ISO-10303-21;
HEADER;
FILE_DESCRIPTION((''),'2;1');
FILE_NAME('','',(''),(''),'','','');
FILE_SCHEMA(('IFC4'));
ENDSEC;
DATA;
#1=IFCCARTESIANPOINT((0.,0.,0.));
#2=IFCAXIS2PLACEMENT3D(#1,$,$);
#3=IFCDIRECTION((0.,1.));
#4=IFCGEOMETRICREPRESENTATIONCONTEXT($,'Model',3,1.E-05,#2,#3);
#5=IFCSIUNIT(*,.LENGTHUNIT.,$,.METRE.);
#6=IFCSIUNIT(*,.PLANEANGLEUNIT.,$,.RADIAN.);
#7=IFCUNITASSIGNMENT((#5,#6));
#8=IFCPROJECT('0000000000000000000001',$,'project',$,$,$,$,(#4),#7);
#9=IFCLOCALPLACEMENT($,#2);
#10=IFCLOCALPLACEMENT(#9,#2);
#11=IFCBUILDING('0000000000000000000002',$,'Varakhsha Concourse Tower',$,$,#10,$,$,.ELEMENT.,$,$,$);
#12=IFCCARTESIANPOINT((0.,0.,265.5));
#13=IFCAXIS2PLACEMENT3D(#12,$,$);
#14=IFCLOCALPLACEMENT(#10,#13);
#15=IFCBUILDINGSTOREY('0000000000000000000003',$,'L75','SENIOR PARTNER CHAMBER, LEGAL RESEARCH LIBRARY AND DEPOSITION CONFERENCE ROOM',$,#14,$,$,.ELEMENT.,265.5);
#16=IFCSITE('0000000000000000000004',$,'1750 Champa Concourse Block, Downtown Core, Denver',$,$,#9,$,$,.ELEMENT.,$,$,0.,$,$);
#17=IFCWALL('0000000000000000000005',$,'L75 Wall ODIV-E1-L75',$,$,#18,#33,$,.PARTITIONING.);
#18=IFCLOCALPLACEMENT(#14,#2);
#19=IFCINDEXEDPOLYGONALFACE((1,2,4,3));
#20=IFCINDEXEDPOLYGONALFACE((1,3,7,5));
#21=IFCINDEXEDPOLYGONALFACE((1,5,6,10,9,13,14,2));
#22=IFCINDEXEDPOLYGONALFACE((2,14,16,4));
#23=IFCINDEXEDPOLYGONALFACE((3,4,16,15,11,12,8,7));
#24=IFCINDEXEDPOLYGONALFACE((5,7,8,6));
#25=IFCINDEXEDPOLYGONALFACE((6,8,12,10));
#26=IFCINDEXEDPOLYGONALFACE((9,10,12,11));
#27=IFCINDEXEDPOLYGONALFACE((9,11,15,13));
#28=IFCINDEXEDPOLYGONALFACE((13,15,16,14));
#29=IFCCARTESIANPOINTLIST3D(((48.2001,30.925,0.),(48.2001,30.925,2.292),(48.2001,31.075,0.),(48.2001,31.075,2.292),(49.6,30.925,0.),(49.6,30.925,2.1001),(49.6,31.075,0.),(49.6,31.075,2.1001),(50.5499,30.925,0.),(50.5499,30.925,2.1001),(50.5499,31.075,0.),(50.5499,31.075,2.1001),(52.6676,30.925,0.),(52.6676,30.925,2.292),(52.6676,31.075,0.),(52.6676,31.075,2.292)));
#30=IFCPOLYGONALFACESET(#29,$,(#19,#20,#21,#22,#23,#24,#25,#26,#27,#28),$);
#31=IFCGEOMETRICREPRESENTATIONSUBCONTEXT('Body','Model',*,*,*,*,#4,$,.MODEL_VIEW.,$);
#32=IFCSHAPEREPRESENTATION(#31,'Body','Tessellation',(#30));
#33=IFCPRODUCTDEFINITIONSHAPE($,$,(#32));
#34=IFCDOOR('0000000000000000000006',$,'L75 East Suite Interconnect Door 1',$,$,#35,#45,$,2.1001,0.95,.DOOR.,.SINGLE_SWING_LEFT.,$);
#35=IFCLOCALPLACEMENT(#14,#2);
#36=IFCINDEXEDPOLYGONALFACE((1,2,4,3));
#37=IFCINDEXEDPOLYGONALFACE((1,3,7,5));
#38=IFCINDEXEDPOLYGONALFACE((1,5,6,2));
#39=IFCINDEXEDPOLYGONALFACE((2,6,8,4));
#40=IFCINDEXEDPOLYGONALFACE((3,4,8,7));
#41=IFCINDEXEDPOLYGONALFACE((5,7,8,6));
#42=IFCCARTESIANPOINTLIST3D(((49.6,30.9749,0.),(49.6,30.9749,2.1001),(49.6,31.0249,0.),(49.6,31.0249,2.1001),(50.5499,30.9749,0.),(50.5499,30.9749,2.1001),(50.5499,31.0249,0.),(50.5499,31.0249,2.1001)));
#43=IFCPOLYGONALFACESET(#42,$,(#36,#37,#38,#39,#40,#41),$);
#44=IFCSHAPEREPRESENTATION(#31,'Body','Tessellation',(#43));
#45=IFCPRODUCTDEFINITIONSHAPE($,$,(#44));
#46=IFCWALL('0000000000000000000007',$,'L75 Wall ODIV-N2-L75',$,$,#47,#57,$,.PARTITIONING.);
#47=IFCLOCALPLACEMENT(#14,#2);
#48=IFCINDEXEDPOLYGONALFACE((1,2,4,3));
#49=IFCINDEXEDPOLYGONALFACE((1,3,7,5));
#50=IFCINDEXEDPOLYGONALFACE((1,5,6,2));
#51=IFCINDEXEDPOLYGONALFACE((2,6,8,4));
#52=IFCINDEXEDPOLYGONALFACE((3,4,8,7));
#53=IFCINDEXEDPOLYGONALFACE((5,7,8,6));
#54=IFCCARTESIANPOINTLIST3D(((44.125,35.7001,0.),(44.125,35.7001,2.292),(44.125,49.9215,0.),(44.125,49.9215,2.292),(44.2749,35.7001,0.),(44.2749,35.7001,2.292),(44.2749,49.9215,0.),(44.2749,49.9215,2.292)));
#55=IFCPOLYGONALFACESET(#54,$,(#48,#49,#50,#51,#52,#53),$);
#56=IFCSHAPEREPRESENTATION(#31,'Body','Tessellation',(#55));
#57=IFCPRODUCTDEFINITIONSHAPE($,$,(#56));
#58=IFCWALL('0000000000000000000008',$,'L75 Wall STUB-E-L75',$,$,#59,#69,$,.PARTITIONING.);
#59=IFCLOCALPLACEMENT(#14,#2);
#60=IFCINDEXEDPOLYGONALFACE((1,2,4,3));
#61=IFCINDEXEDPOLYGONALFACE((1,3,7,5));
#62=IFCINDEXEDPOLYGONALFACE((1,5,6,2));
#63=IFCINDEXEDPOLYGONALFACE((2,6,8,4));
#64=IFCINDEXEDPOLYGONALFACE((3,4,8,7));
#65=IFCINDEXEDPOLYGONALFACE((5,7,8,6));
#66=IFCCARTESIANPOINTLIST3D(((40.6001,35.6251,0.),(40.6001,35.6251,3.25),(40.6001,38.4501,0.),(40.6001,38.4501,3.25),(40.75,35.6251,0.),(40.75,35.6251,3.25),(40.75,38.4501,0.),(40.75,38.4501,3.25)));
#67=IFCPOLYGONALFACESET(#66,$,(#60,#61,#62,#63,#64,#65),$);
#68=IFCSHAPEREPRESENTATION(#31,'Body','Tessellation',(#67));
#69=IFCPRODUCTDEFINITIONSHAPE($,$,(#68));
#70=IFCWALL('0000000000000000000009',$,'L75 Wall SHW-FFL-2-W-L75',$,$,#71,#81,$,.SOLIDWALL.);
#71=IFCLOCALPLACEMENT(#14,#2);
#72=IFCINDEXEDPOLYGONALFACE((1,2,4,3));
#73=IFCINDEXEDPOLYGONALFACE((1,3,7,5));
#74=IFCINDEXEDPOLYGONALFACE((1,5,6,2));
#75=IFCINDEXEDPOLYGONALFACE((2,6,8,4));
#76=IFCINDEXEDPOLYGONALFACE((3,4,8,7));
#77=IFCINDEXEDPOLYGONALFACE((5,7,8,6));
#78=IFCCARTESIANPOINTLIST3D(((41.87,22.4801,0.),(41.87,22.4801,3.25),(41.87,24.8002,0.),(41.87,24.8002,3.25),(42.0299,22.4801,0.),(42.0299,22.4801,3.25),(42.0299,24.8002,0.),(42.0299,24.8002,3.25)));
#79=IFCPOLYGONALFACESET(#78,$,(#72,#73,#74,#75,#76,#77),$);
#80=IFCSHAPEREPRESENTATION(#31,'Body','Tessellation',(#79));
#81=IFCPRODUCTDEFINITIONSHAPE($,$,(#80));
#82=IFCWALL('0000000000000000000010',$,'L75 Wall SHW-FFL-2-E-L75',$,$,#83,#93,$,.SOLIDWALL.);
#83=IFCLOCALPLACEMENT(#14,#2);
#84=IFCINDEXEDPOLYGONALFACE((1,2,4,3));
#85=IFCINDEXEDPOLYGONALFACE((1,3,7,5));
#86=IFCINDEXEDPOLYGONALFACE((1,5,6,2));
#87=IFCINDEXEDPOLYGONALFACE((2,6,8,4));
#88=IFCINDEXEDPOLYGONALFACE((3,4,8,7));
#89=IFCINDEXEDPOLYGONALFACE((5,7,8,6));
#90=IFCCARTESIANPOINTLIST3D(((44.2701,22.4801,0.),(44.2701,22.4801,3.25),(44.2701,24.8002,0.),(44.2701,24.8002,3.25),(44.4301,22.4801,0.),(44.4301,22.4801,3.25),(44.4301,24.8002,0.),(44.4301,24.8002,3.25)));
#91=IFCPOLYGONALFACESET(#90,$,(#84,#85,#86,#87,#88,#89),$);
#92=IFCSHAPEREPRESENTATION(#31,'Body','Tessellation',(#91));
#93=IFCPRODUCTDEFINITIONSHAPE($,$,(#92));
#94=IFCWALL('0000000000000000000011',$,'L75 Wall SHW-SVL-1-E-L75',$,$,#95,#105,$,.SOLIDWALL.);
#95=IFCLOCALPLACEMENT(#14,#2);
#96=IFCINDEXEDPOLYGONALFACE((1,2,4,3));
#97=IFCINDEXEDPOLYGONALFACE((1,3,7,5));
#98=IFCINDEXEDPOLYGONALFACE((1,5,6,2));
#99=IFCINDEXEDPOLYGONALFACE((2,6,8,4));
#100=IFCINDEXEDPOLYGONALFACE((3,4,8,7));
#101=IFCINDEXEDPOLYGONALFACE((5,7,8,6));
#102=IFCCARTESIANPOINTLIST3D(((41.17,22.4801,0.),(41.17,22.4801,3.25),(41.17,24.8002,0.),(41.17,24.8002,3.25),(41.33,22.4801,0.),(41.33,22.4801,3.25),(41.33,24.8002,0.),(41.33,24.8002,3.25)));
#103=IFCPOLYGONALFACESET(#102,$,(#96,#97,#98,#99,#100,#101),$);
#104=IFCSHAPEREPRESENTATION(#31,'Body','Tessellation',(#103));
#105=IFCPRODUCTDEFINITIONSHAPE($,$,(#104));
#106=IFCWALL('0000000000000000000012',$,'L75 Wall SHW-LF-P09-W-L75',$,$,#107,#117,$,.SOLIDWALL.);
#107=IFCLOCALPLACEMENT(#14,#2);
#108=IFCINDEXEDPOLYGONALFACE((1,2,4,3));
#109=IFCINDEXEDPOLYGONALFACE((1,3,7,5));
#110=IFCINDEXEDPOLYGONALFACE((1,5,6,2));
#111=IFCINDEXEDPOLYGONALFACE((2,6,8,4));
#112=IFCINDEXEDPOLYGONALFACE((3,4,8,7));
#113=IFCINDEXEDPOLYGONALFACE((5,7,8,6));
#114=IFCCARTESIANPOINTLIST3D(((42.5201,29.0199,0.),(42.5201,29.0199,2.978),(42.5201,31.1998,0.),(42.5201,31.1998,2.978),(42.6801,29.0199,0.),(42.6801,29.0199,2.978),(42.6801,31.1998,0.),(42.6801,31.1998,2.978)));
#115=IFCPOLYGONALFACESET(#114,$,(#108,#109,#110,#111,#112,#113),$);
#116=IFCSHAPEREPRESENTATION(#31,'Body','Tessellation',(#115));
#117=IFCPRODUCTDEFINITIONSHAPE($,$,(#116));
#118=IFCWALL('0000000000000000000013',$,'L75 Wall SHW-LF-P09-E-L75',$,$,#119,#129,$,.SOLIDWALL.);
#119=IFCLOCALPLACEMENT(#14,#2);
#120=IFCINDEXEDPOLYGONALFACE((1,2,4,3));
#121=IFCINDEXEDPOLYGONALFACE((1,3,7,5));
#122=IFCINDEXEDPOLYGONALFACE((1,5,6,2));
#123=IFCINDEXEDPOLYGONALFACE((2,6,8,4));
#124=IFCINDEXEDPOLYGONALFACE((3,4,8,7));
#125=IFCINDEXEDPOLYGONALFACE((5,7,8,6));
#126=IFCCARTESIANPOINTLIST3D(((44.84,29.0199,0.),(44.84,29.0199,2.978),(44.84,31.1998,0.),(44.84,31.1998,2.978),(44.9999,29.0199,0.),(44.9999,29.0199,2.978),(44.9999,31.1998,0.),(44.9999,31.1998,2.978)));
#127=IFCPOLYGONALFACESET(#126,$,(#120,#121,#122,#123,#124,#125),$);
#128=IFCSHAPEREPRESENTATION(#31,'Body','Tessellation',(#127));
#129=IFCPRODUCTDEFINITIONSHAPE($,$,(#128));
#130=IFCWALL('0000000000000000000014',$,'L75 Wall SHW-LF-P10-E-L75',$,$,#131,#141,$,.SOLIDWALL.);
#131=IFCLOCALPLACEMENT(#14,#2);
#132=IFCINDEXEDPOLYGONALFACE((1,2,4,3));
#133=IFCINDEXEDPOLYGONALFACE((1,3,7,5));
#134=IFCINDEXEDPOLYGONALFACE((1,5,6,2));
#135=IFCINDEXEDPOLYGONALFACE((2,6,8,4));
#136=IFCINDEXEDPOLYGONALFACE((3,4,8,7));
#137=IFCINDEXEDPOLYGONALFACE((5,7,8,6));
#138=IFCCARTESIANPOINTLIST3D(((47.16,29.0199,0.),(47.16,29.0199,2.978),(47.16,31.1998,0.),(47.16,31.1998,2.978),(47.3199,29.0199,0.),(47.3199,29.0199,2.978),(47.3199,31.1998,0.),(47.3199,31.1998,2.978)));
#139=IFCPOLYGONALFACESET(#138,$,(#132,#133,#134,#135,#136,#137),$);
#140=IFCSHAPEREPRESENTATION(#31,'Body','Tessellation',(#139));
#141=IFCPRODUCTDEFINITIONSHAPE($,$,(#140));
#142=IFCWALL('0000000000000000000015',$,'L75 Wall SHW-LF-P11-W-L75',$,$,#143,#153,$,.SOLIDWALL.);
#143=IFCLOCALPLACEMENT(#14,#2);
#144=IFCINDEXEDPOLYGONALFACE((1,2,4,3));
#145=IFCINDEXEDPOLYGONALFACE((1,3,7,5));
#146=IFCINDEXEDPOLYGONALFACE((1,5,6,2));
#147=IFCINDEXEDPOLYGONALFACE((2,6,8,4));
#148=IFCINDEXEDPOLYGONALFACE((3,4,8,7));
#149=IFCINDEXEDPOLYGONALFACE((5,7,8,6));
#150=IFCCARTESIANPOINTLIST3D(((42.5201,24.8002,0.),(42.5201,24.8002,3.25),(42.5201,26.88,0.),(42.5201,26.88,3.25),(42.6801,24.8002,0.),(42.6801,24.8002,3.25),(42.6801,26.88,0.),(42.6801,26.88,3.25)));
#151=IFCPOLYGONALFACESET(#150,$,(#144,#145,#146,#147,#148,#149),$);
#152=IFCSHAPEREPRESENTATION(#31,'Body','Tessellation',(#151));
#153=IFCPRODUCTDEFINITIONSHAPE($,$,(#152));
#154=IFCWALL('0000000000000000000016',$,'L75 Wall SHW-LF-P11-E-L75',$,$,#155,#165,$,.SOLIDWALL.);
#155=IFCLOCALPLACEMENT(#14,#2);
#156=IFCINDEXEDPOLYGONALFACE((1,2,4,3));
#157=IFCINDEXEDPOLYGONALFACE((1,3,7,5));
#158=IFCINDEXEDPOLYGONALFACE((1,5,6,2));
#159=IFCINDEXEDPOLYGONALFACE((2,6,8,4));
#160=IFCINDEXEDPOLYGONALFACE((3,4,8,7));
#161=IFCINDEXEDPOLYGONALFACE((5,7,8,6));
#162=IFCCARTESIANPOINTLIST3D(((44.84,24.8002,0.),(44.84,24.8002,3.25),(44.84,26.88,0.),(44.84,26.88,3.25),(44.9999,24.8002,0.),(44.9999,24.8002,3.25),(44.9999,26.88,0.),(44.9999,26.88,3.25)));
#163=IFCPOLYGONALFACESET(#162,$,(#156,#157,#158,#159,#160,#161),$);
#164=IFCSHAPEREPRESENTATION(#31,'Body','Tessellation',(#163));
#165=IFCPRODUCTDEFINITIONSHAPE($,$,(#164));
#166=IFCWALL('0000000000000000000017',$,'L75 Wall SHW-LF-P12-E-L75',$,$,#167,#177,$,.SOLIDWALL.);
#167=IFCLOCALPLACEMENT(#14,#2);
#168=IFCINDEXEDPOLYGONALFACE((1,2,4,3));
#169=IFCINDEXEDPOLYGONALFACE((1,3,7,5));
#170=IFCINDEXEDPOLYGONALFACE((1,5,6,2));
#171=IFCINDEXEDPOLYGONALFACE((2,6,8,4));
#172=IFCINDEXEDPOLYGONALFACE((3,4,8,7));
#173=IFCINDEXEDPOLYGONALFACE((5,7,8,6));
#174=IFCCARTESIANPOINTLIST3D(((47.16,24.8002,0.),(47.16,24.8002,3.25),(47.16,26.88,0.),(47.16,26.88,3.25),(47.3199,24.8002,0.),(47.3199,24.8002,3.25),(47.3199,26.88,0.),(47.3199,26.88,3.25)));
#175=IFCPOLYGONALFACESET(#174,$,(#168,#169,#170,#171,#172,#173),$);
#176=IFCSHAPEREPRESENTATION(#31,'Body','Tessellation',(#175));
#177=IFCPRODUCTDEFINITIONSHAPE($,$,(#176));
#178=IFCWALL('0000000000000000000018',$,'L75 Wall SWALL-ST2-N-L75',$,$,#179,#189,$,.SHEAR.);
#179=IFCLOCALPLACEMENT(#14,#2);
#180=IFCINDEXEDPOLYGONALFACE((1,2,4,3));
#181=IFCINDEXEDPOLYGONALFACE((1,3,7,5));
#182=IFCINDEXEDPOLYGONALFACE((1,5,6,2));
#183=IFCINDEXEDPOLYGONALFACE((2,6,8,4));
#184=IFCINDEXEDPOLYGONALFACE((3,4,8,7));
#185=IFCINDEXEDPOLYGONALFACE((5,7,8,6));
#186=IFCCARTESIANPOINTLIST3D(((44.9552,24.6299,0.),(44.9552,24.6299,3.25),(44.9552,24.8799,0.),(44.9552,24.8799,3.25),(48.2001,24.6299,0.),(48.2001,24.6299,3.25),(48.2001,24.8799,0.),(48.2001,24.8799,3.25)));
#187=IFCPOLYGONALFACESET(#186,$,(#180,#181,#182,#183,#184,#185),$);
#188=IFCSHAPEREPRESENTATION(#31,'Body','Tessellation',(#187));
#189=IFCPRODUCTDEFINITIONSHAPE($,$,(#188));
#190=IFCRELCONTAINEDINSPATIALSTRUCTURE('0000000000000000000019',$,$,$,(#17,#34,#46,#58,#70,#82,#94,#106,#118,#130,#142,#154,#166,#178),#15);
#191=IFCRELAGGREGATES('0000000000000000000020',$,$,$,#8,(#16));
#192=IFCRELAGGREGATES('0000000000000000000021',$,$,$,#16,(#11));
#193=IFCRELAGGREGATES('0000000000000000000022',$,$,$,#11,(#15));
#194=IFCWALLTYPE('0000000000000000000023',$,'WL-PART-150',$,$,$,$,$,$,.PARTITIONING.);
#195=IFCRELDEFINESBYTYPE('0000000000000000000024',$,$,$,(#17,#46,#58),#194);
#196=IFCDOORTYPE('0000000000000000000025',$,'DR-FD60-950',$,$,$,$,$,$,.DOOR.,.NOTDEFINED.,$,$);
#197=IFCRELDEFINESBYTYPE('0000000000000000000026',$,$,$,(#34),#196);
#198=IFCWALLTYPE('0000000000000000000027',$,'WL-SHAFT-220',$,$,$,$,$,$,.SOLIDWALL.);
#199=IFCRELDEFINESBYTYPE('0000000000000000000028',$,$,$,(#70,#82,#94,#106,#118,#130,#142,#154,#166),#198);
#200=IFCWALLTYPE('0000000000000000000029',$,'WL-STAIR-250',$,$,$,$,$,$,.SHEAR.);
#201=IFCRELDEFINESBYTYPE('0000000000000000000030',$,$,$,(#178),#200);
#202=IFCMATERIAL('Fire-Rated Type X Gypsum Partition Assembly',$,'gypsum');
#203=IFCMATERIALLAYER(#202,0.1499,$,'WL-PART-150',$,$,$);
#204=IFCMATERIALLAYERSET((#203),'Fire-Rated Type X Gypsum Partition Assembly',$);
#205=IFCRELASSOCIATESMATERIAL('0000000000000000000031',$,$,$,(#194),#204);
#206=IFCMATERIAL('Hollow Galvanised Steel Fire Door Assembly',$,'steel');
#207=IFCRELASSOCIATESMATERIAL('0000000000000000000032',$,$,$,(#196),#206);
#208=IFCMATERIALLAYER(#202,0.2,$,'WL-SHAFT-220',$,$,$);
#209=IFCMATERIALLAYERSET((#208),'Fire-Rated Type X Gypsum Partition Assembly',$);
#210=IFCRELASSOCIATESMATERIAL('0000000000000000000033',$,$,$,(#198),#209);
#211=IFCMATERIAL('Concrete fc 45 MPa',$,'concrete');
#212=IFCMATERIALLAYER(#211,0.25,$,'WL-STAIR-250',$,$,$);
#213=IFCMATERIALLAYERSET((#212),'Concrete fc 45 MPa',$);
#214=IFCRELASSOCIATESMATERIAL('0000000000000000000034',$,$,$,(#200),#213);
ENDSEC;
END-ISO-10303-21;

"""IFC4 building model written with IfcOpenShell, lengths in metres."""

from ifc_helpers import new_model, si_unit, direction, frame, frame_2d, origin, place, context, subcontext, project, spatial, rectangle, extrude, material, layer, layer_set, type_object, element, fill, save


model = new_model("IFC4")

# Units and contexts
model_context = context("Model", 3, precision=1e-05, world=origin(), true_north=direction((0.0, 1.0)))
body_context = subcontext(model_context, "Body", "Model", "MODEL_VIEW")
ifc_project = project(units=[si_unit("LENGTHUNIT", "METRE"), si_unit("PLANEANGLEUNIT", "RADIAN")], contexts=[model_context])

# Site, building, storey
site_placement = place(None, origin())
site = spatial("IfcSite", under=ifc_project, at=site_placement, Name="1750 Champa Concourse Block, Downtown Core, Denver", CompositionType="ELEMENT", RefElevation=0.0)
building_placement = place(site_placement, origin())
building = spatial("IfcBuilding", under=site, at=building_placement, Name="Varakhsha Concourse Tower", CompositionType="ELEMENT")
storey_placement = place(building_placement, frame((0.0, 0.0, 265.5)))
storey = spatial("IfcBuildingStorey", under=building, at=storey_placement, Name="L75", Description="SENIOR PARTNER CHAMBER, LEGAL RESEARCH LIBRARY AND DEPOSITION CONFERENCE ROOM", CompositionType="ELEMENT", Elevation=265.5)

# Shared definitions
ifc_material_1 = material(Name="Fire-Rated Type X Gypsum Partition Assembly", Category="gypsum")
ifc_layer_1 = layer(ifc_material_1, 0.1499, Name="WL-PART-150")
ifc_layer_set_1 = layer_set([ifc_layer_1], Name="Fire-Rated Type X Gypsum Partition Assembly")
wall_type_1 = type_object("IfcWallType", Name="WL-PART-150", PredefinedType="PARTITIONING", material=ifc_layer_set_1)

# Shared definitions
ifc_material_2 = material(Name="Hollow Galvanised Steel Fire Door Assembly", Category="steel")
door_type = type_object("IfcDoorType", Name="DR-FD60-950", OperationType="NOTDEFINED", PredefinedType="DOOR", material=ifc_material_2)

# Wall, opening, door
wall_1_placement = place(storey_placement, frame((48.2, 31.0, 0.0), z_axis=(0.0, 0.0, 1.0), x_axis=(1.0, 0.0, 0.0)))
wall_1 = element("IfcWall", 1, at=wall_1_placement, inside=storey, type_object=wall_type_1, Name="L75 Wall ODIV-E1-L75", PredefinedType="PARTITIONING", context=body_context, shape_type="SweptSolid", body=[
    extrude(rectangle(XDim=4.4675, YDim=0.1499, at=frame_2d((2.2339, 0.0))), origin(), (0.0, 0.0, 1.0), 2.292),
])
opening_1_placement = place(wall_1_placement, frame((1.3999, 0.0, 0.0)))
opening_1 = element("IfcOpeningElement", 2, at=opening_1_placement, cuts=wall_1, PredefinedType="OPENING", context=body_context, shape_type="SweptSolid", body=[
    extrude(rectangle(XDim=0.95, YDim=2.1001, at=frame_2d((0.4751, 1.05))), frame((0.0, 0.085, 0.0), z_axis=(0.0, -1.0, 0.0), x_axis=(1.0, 0.0, 0.0)), (0.0, 0.0, 1.0), 0.1699),
])
door_1_placement = place(opening_1_placement, origin())
door_1 = element("IfcDoor", 3, at=door_1_placement, inside=storey, type_object=door_type, Name="L75 East Suite Interconnect Door 1", OperationType="SINGLE_SWING_LEFT", OverallHeight=2.1001, OverallWidth=0.95, PredefinedType="DOOR", context=body_context, shape_type="SweptSolid", body=[
    extrude(rectangle(XDim=0.95, YDim=2.1001, at=frame_2d((0.4751, 1.05))), frame((0.0, 0.0249, 0.0), z_axis=(0.0, -1.0, 0.0), x_axis=(1.0, 0.0, 0.0)), (0.0, 0.0, 1.0), 0.05),
])
fill(opening_1, door_1)

# Walls
wall_2_placement = place(storey_placement, frame((44.2, 35.7, 0.0), z_axis=(0.0, 0.0, 1.0), x_axis=(0.0, 1.0, 0.0)))
element("IfcWall", 4, at=wall_2_placement, inside=storey, type_object=wall_type_1, Name="L75 Wall ODIV-N2-L75", PredefinedType="PARTITIONING", context=body_context, shape_type="SweptSolid", body=[
    extrude(rectangle(XDim=14.2214, YDim=0.1499, at=frame_2d((7.1108, 0.0))), origin(), (0.0, 0.0, 1.0), 2.292),
])
wall_3_placement = place(storey_placement, frame((40.675, 35.625, 0.0), z_axis=(0.0, 0.0, 1.0), x_axis=(0.0, 1.0, 0.0)))
element("IfcWall", 5, at=wall_3_placement, inside=storey, type_object=wall_type_1, Name="L75 Wall STUB-E-L75", PredefinedType="PARTITIONING", context=body_context, shape_type="SweptSolid", body=[
    extrude(rectangle(XDim=2.825, YDim=0.1499, at=frame_2d((1.4126, 0.0))), origin(), (0.0, 0.0, 1.0), 3.25),
])
ifc_layer_2 = layer(ifc_material_1, 0.2, Name="WL-SHAFT-220")
ifc_layer_set_2 = layer_set([ifc_layer_2], Name="Fire-Rated Type X Gypsum Partition Assembly")
wall_type_2 = type_object("IfcWallType", Name="WL-SHAFT-220", PredefinedType="SOLIDWALL", material=ifc_layer_set_2)
for number, where, z_axis, x_axis, name in (
    (6, (41.95, 22.48, 0.0), (0.0, 0.0, 1.0), (0.0, 1.0, 0.0), "L75 Wall SHW-FFL-2-W-L75"),
    (7, (44.3501, 22.48, 0.0), (0.0, 0.0, 1.0), (0.0, 1.0, 0.0), "L75 Wall SHW-FFL-2-E-L75"),
    (8, (41.25, 22.48, 0.0), (0.0, 0.0, 1.0), (0.0, 1.0, 0.0), "L75 Wall SHW-SVL-1-E-L75"),
):
    element("IfcWall", number, at=place(storey_placement, frame(where, z_axis=z_axis, x_axis=x_axis)), inside=storey, type_object=wall_type_2, Name=name, PredefinedType="SOLIDWALL", context=body_context, shape_type="SweptSolid", body=[
        extrude(rectangle(XDim=2.3201, YDim=0.1599, at=frame_2d((1.1602, 0.0))), origin(), (0.0, 0.0, 1.0), 3.25),
    ])
for number, where, z_axis, x_axis, name in (
    (9, (42.6001, 29.02, 0.0), (0.0, 0.0, 1.0), (0.0, 1.0, 0.0), "L75 Wall SHW-LF-P09-W-L75"),
    (10, (44.9199, 29.02, 0.0), (0.0, 0.0, 1.0), (0.0, 1.0, 0.0), "L75 Wall SHW-LF-P09-E-L75"),
    (11, (47.24, 29.02, 0.0), (0.0, 0.0, 1.0), (0.0, 1.0, 0.0), "L75 Wall SHW-LF-P10-E-L75"),
):
    element("IfcWall", number, at=place(storey_placement, frame(where, z_axis=z_axis, x_axis=x_axis)), inside=storey, type_object=wall_type_2, Name=name, PredefinedType="SOLIDWALL", context=body_context, shape_type="SweptSolid", body=[
        extrude(rectangle(XDim=2.1799, YDim=0.1599, at=frame_2d((1.0898, 0.0))), origin(), (0.0, 0.0, 1.0), 2.978),
    ])
for number, where, z_axis, x_axis, name in (
    (12, (42.6001, 24.8, 0.0), (0.0, 0.0, 1.0), (0.0, 1.0, 0.0), "L75 Wall SHW-LF-P11-W-L75"),
    (13, (44.9199, 24.8, 0.0), (0.0, 0.0, 1.0), (0.0, 1.0, 0.0), "L75 Wall SHW-LF-P11-E-L75"),
    (14, (47.24, 24.8, 0.0), (0.0, 0.0, 1.0), (0.0, 1.0, 0.0), "L75 Wall SHW-LF-P12-E-L75"),
):
    element("IfcWall", number, at=place(storey_placement, frame(where, z_axis=z_axis, x_axis=x_axis)), inside=storey, type_object=wall_type_2, Name=name, PredefinedType="SOLIDWALL", context=body_context, shape_type="SweptSolid", body=[
        extrude(rectangle(XDim=2.0798, YDim=0.1599, at=frame_2d((1.04, 0.0))), origin(), (0.0, 0.0, 1.0), 3.25),
    ])
ifc_material_3 = material(Name="Concrete fc 45 MPa", Category="concrete")
ifc_layer_3 = layer(ifc_material_3, 0.25, Name="WL-STAIR-250")
ifc_layer_set_3 = layer_set([ifc_layer_3], Name="Concrete fc 45 MPa")
wall_type_3 = type_object("IfcWallType", Name="WL-STAIR-250", PredefinedType="SHEAR", material=ifc_layer_set_3)
wall_4_placement = place(storey_placement, frame((44.9551, 24.7549, 0.0), z_axis=(0.0, 0.0, 1.0), x_axis=(1.0, 0.0, 0.0)))
element("IfcWall", 15, at=wall_4_placement, inside=storey, type_object=wall_type_3, Name="L75 Wall SWALL-ST2-N-L75", PredefinedType="SHEAR", context=body_context, shape_type="SweptSolid", body=[
    extrude(rectangle(XDim=3.2449, YDim=0.25, at=frame_2d((1.6226, 0.0))), origin(), (0.0, 0.0, 1.0), 3.25),
])

save(model, "model.ifc")
